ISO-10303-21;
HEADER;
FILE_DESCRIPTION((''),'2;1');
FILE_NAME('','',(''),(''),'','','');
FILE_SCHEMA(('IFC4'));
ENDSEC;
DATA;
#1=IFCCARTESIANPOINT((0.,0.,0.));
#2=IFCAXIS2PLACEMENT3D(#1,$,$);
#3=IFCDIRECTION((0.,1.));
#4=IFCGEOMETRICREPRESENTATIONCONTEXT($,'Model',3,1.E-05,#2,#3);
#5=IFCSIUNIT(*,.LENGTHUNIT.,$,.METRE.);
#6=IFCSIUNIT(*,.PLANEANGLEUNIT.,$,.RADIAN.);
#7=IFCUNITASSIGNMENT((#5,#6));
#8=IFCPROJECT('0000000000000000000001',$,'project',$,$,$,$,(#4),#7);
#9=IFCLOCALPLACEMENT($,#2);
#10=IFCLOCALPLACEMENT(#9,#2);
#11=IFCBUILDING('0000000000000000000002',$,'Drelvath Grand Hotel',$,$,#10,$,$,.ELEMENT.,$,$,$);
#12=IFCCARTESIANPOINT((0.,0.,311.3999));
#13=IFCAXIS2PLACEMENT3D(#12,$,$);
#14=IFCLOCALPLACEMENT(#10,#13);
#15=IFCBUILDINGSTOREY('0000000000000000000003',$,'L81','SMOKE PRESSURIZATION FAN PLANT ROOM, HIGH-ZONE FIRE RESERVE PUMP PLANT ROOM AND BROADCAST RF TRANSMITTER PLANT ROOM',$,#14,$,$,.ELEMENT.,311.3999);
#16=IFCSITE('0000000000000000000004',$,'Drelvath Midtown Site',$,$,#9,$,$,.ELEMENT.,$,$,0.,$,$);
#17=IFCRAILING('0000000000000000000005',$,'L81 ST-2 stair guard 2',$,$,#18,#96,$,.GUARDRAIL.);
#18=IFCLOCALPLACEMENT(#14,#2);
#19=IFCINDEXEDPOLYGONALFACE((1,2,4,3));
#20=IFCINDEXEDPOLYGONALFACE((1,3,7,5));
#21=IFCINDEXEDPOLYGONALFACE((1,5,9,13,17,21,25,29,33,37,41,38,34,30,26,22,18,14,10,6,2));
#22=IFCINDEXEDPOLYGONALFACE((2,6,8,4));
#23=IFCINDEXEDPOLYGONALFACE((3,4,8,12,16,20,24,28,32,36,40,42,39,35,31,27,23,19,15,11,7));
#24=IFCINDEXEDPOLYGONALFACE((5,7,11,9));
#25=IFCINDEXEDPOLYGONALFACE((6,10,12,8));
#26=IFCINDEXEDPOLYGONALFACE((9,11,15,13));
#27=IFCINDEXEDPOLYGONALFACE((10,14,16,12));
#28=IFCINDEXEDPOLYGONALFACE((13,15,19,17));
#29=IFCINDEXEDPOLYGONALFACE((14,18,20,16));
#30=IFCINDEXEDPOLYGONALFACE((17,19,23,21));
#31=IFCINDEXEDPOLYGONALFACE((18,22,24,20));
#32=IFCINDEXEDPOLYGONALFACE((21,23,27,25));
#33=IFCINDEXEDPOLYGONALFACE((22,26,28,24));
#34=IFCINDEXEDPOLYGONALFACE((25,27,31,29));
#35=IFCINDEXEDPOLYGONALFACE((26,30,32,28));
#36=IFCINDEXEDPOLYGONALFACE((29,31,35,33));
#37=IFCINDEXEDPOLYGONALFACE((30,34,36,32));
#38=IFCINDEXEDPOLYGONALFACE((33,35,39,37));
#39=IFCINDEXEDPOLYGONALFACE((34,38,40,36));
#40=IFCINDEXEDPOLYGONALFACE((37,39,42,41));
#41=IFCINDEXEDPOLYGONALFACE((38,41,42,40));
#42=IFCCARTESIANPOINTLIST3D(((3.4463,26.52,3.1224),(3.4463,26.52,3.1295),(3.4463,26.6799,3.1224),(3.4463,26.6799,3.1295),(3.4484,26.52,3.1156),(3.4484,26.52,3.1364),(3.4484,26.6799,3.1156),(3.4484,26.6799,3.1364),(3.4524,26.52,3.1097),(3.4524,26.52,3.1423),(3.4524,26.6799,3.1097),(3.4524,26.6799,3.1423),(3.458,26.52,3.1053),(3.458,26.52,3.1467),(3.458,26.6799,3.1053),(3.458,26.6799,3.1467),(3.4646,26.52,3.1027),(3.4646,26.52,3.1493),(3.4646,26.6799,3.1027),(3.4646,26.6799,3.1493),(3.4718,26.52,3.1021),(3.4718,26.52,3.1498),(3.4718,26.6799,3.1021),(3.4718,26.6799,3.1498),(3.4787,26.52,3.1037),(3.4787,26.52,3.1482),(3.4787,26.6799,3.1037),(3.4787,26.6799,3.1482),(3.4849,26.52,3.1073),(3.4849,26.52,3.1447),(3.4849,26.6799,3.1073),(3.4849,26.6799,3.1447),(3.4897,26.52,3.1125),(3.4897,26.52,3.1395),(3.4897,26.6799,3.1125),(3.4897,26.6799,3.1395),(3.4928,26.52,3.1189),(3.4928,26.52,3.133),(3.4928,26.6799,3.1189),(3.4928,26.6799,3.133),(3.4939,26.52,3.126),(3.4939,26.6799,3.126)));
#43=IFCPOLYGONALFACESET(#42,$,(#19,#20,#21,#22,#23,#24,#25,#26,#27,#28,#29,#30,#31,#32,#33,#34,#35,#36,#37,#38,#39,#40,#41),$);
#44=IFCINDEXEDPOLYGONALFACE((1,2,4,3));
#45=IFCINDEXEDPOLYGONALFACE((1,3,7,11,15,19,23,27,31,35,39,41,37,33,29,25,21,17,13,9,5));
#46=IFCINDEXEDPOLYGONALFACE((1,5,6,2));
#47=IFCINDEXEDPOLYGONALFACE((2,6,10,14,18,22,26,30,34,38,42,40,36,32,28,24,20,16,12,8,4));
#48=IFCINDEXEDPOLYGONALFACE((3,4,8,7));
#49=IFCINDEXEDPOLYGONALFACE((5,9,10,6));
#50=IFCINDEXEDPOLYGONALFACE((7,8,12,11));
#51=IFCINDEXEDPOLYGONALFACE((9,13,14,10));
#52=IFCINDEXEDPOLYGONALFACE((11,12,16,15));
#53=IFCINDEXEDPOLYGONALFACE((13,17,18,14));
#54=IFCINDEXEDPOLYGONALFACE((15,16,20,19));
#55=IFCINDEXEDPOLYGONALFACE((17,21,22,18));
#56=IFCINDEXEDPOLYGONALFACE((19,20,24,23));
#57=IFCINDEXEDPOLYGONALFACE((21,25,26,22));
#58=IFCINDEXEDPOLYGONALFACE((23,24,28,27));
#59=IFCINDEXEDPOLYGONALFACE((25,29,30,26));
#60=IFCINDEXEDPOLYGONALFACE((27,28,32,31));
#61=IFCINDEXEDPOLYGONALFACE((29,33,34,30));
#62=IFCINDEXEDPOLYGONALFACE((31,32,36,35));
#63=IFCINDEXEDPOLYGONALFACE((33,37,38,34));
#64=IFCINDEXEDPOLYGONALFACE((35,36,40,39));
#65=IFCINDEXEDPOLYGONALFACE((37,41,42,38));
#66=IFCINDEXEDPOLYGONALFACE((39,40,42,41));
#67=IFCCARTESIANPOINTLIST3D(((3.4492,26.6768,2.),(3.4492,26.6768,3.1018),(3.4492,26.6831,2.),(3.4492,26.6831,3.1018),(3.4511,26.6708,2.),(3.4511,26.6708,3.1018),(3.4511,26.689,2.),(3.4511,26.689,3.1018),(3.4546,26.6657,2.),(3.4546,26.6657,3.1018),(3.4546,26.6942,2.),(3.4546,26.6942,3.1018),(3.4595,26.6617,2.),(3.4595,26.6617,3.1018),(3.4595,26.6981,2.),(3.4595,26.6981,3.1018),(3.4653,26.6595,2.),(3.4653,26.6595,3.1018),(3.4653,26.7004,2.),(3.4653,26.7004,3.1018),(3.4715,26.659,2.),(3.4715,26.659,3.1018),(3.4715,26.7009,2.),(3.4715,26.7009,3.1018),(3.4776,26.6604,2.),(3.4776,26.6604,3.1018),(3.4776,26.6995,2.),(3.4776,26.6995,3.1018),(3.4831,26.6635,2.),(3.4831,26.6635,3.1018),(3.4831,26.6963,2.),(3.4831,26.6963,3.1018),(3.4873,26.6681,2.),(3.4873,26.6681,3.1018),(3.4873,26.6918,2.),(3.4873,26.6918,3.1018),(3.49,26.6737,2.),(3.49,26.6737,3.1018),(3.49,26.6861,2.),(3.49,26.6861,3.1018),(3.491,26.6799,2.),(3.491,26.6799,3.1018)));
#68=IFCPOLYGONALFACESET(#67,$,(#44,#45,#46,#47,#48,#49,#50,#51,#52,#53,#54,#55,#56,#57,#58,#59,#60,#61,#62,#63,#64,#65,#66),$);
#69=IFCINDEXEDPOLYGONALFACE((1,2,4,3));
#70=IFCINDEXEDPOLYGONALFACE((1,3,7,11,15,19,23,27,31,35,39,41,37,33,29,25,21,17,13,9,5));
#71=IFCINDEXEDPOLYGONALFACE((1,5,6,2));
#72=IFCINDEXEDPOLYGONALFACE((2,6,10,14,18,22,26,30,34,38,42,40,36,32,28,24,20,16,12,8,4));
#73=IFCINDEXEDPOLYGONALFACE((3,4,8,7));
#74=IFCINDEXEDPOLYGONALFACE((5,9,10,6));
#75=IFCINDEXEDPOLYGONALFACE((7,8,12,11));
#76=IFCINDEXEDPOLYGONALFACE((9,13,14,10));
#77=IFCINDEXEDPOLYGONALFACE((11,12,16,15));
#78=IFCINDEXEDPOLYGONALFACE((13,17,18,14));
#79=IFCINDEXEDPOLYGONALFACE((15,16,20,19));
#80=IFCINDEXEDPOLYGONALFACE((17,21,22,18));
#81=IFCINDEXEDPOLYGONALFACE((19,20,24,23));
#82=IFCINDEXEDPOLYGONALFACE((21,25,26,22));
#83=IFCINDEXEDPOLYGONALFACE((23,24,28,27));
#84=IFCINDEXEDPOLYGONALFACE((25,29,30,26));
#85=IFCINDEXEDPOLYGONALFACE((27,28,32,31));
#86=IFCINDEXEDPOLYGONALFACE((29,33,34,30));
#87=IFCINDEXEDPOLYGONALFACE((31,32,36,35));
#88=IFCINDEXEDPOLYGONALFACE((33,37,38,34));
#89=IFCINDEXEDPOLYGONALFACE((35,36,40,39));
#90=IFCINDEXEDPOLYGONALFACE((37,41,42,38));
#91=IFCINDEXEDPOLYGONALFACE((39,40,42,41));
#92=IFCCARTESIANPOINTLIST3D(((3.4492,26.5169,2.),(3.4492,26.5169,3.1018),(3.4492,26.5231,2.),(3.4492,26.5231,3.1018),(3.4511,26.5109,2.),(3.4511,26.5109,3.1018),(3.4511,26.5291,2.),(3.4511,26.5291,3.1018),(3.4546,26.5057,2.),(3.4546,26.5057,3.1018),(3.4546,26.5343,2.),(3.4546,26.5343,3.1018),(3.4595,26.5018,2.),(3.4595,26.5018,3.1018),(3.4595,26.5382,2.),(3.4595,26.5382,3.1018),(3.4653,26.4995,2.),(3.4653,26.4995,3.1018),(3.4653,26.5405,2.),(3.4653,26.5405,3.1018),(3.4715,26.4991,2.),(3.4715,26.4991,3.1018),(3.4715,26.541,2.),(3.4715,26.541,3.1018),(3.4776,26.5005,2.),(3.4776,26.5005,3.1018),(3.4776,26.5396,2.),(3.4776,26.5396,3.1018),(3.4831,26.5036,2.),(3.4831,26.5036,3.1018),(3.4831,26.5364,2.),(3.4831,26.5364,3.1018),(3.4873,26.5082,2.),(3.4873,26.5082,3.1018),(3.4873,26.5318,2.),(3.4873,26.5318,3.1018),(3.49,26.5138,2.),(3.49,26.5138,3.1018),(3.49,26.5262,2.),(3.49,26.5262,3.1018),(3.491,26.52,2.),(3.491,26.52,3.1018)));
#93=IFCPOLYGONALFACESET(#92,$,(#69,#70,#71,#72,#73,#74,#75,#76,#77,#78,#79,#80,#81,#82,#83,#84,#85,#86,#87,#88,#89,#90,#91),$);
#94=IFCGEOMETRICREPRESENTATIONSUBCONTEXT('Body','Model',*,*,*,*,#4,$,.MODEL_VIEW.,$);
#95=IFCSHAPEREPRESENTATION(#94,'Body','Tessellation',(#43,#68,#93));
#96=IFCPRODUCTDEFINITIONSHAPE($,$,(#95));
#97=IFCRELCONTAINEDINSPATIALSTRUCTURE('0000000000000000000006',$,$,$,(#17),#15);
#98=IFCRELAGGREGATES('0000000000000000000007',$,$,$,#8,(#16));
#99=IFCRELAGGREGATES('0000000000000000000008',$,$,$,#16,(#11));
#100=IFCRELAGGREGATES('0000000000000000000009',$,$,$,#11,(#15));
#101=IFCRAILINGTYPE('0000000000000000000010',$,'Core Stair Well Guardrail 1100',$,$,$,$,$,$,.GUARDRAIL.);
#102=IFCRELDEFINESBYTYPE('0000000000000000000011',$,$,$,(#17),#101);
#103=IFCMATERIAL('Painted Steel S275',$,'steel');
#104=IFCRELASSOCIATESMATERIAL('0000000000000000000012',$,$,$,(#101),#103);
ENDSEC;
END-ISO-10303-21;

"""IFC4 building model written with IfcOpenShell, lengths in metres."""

from ifc_helpers import new_model, si_unit, direction, frame, origin, origin_2d, place, context, subcontext, project, spatial, circle, extrude, material, type_object, element, save


model = new_model("IFC4")

# Units and contexts
model_context = context("Model", 3, precision=1e-05, world=origin(), true_north=direction((0.0, 1.0)))
body_context = subcontext(model_context, "Body", "Model", "MODEL_VIEW")
ifc_project = project(units=[si_unit("LENGTHUNIT", "METRE"), si_unit("PLANEANGLEUNIT", "RADIAN")], contexts=[model_context])

# Site, building, storey
site_placement = place(None, origin())
site = spatial("IfcSite", under=ifc_project, at=site_placement, Name="Drelvath Midtown Site", CompositionType="ELEMENT", RefElevation=0.0)
building_placement = place(site_placement, origin())
building = spatial("IfcBuilding", under=site, at=building_placement, Name="Drelvath Grand Hotel", CompositionType="ELEMENT")
storey_placement = place(building_placement, frame((0.0, 0.0, 311.3999)))
storey = spatial("IfcBuildingStorey", under=building, at=storey_placement, Name="L81", Description="SMOKE PRESSURIZATION FAN PLANT ROOM, HIGH-ZONE FIRE RESERVE PUMP PLANT ROOM AND BROADCAST RF TRANSMITTER PLANT ROOM", CompositionType="ELEMENT", Elevation=311.3999)

# Shared definitions
ifc_material_1 = material(Name="Painted Steel S275", Category="steel")

# Railing
railing_type_1 = type_object("IfcRailingType", Name="Core Stair Well Guardrail 1100", PredefinedType="GUARDRAIL", material=ifc_material_1)
railing_1_placement = place(storey_placement, frame((3.47, 26.6799, 2.0)))
element("IfcRailing", 1, at=railing_1_placement, inside=storey, type_object=railing_type_1, Name="L81 ST-2 stair guard 2", PredefinedType="GUARDRAIL", context=body_context, shape_type="SweptSolid", body=[
    extrude(circle(Radius=0.0239, at=origin_2d()), frame((0.0, 0.0, 1.126), z_axis=(0.0, -1.0, 0.0), x_axis=(1.0, 0.0, 0.0)), (0.0, 0.0, 1.0), 0.1599),
    extrude(circle(Radius=0.021, at=origin_2d()), origin(), (0.0, 0.0, 1.0), 1.1018),
    extrude(circle(Radius=0.021, at=origin_2d()), frame((0.0, -0.1599, 0.0)), (0.0, 0.0, 1.0), 1.1018),
])

save(model, "model.ifc")
